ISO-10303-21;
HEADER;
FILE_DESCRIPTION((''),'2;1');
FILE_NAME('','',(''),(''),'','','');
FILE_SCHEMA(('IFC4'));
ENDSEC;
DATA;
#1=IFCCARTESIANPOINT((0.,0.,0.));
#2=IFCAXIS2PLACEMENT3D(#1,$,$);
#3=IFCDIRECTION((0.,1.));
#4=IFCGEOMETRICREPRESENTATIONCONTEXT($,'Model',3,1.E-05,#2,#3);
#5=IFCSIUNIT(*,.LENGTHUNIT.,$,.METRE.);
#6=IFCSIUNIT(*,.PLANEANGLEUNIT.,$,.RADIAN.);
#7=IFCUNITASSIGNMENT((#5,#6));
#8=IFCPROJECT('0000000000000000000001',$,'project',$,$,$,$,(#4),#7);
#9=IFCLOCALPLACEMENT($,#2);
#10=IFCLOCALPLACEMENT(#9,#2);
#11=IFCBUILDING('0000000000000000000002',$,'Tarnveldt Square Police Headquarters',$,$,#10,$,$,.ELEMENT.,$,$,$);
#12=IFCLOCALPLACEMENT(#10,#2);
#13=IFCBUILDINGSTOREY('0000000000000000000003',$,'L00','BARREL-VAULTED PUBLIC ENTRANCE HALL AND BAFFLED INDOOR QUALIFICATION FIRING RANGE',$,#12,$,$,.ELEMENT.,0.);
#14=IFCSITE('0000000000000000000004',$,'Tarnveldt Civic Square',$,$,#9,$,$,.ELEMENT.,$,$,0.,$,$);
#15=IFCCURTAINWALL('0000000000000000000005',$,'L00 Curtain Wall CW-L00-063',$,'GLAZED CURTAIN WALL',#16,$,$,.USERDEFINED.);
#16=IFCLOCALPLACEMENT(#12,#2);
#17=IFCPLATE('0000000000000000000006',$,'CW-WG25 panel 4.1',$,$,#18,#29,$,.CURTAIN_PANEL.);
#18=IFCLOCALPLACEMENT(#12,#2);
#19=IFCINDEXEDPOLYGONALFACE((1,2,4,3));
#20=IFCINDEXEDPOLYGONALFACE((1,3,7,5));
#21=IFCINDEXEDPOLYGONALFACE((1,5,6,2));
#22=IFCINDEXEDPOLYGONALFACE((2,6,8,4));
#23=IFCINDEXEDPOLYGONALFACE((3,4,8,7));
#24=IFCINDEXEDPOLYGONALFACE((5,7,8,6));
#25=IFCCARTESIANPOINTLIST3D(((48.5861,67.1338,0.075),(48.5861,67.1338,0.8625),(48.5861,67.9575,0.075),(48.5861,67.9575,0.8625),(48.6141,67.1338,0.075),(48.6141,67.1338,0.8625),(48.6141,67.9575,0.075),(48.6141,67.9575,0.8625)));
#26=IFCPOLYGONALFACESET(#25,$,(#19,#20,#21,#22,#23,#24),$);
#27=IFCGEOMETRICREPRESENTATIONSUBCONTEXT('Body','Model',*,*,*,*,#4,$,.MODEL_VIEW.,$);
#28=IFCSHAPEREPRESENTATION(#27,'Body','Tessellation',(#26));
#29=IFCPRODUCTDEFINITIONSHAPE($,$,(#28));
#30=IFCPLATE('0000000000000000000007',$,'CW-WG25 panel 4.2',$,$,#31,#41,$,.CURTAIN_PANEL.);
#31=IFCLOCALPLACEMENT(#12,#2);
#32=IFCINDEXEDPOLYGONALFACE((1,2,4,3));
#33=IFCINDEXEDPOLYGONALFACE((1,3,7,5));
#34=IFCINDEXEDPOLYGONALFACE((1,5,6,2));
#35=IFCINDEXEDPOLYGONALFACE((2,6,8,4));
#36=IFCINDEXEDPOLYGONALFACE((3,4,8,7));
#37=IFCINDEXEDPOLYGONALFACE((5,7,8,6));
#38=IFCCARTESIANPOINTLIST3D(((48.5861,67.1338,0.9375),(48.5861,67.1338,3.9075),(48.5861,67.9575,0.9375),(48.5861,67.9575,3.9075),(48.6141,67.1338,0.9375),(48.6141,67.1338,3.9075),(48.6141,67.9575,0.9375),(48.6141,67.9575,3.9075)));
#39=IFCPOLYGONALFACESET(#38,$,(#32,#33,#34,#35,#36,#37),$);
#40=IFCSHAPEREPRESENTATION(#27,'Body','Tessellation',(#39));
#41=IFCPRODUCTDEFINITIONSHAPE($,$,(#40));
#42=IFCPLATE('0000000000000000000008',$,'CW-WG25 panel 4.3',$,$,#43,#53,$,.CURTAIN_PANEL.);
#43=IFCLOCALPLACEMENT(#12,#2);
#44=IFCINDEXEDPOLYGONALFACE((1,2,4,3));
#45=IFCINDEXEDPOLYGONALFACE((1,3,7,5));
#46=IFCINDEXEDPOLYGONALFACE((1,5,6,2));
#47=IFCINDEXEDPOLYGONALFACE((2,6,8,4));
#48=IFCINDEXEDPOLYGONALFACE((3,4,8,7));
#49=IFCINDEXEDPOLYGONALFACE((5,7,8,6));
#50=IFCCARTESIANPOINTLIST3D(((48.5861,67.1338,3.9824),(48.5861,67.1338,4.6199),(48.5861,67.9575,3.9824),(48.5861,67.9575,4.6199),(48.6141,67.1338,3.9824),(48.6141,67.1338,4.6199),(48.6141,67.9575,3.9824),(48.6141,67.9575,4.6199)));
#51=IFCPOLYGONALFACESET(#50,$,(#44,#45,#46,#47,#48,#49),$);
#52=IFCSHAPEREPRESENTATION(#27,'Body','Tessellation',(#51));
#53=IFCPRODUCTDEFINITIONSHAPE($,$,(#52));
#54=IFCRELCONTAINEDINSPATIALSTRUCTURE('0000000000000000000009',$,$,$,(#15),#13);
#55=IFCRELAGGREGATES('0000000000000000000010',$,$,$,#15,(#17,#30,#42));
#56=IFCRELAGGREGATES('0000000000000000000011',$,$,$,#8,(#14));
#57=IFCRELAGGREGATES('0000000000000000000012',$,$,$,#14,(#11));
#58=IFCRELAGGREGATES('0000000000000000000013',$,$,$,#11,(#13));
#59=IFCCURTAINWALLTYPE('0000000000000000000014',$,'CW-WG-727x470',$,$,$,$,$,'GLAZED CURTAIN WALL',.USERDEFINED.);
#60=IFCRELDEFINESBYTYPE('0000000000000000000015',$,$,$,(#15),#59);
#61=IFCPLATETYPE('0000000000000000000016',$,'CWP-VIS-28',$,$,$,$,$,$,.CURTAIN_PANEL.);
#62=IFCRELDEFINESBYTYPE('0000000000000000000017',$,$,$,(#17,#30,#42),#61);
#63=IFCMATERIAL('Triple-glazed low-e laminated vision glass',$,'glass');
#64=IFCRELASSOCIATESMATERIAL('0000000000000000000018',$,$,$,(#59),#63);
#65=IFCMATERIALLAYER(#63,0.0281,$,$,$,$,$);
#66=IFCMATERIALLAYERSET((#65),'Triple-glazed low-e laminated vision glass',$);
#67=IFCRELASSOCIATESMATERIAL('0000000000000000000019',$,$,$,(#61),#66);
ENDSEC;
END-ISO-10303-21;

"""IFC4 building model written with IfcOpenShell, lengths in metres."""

from ifc_helpers import new_model, si_unit, direction, frame, origin, origin_2d, place, context, subcontext, project, spatial, rectangle, extrude, material, layer, layer_set, type_object, element, aggregate, save


model = new_model("IFC4")

# Units and contexts
model_context = context("Model", 3, precision=1e-05, world=origin(), true_north=direction((0.0, 1.0)))
body_context = subcontext(model_context, "Body", "Model", "MODEL_VIEW")
ifc_project = project(units=[si_unit("LENGTHUNIT", "METRE"), si_unit("PLANEANGLEUNIT", "RADIAN")], contexts=[model_context])

# Site, building, storey
site_placement = place(None, origin())
site = spatial("IfcSite", under=ifc_project, at=site_placement, Name="Tarnveldt Civic Square", CompositionType="ELEMENT", RefElevation=0.0)
building_placement = place(site_placement, origin())
building = spatial("IfcBuilding", under=site, at=building_placement, Name="Tarnveldt Square Police Headquarters", CompositionType="ELEMENT")
storey_placement = place(building_placement, origin())
storey = spatial("IfcBuildingStorey", under=building, at=storey_placement, Name="L00", Description="BARREL-VAULTED PUBLIC ENTRANCE HALL AND BAFFLED INDOOR QUALIFICATION FIRING RANGE", CompositionType="ELEMENT", Elevation=0.0)

# Curtain wall, plates
ifc_material_1 = material(Name="Triple-glazed low-e laminated vision glass", Category="glass")
curtain_wall_type = type_object("IfcCurtainWallType", Name="CW-WG-727x470", ElementType="GLAZED CURTAIN WALL", PredefinedType="USERDEFINED", material=ifc_material_1)
curtain_wall_placement = place(storey_placement, origin())
curtain_wall = element("IfcCurtainWall", 1, at=curtain_wall_placement, inside=storey, type_object=curtain_wall_type, Name="L00 Curtain Wall CW-L00-063", ObjectType="GLAZED CURTAIN WALL", PredefinedType="USERDEFINED")
ifc_layer = layer(ifc_material_1, 0.0281)
ifc_layer_set = layer_set([ifc_layer], Name="Triple-glazed low-e laminated vision glass")
plate_type = type_object("IfcPlateType", Name="CWP-VIS-28", PredefinedType="CURTAIN_PANEL", material=ifc_layer_set)
plate_1_placement = place(storey_placement, frame((48.6001, 67.5457, 0.075), z_axis=(0.0, 0.0, 1.0), x_axis=(0.0, 1.0, 0.0)))
plate_1 = element("IfcPlate", 2, at=plate_1_placement, type_object=plate_type, Name="CW-WG25 panel 4.1", PredefinedType="CURTAIN_PANEL", context=body_context, shape_type="SweptSolid", body=[
    extrude(rectangle(XDim=0.8237, YDim=0.0281, at=origin_2d()), origin(), (0.0, 0.0, 1.0), 0.7876),
])
plate_2_placement = place(storey_placement, frame((48.6001, 67.5457, 0.9375), z_axis=(0.0, 0.0, 1.0), x_axis=(0.0, 1.0, 0.0)))
plate_2 = element("IfcPlate", 3, at=plate_2_placement, type_object=plate_type, Name="CW-WG25 panel 4.2", PredefinedType="CURTAIN_PANEL", context=body_context, shape_type="SweptSolid", body=[
    extrude(rectangle(XDim=0.8237, YDim=0.0281, at=origin_2d()), origin(), (0.0, 0.0, 1.0), 2.97),
])
plate_3_placement = place(storey_placement, frame((48.6001, 67.5457, 3.9824), z_axis=(0.0, 0.0, 1.0), x_axis=(0.0, 1.0, 0.0)))
plate_3 = element("IfcPlate", 4, at=plate_3_placement, type_object=plate_type, Name="CW-WG25 panel 4.3", PredefinedType="CURTAIN_PANEL", context=body_context, shape_type="SweptSolid", body=[
    extrude(rectangle(XDim=0.8237, YDim=0.0281, at=origin_2d()), origin(), (0.0, 0.0, 1.0), 0.6375),
])
aggregate(curtain_wall, [plate_1, plate_2, plate_3])

save(model, "model.ifc")
